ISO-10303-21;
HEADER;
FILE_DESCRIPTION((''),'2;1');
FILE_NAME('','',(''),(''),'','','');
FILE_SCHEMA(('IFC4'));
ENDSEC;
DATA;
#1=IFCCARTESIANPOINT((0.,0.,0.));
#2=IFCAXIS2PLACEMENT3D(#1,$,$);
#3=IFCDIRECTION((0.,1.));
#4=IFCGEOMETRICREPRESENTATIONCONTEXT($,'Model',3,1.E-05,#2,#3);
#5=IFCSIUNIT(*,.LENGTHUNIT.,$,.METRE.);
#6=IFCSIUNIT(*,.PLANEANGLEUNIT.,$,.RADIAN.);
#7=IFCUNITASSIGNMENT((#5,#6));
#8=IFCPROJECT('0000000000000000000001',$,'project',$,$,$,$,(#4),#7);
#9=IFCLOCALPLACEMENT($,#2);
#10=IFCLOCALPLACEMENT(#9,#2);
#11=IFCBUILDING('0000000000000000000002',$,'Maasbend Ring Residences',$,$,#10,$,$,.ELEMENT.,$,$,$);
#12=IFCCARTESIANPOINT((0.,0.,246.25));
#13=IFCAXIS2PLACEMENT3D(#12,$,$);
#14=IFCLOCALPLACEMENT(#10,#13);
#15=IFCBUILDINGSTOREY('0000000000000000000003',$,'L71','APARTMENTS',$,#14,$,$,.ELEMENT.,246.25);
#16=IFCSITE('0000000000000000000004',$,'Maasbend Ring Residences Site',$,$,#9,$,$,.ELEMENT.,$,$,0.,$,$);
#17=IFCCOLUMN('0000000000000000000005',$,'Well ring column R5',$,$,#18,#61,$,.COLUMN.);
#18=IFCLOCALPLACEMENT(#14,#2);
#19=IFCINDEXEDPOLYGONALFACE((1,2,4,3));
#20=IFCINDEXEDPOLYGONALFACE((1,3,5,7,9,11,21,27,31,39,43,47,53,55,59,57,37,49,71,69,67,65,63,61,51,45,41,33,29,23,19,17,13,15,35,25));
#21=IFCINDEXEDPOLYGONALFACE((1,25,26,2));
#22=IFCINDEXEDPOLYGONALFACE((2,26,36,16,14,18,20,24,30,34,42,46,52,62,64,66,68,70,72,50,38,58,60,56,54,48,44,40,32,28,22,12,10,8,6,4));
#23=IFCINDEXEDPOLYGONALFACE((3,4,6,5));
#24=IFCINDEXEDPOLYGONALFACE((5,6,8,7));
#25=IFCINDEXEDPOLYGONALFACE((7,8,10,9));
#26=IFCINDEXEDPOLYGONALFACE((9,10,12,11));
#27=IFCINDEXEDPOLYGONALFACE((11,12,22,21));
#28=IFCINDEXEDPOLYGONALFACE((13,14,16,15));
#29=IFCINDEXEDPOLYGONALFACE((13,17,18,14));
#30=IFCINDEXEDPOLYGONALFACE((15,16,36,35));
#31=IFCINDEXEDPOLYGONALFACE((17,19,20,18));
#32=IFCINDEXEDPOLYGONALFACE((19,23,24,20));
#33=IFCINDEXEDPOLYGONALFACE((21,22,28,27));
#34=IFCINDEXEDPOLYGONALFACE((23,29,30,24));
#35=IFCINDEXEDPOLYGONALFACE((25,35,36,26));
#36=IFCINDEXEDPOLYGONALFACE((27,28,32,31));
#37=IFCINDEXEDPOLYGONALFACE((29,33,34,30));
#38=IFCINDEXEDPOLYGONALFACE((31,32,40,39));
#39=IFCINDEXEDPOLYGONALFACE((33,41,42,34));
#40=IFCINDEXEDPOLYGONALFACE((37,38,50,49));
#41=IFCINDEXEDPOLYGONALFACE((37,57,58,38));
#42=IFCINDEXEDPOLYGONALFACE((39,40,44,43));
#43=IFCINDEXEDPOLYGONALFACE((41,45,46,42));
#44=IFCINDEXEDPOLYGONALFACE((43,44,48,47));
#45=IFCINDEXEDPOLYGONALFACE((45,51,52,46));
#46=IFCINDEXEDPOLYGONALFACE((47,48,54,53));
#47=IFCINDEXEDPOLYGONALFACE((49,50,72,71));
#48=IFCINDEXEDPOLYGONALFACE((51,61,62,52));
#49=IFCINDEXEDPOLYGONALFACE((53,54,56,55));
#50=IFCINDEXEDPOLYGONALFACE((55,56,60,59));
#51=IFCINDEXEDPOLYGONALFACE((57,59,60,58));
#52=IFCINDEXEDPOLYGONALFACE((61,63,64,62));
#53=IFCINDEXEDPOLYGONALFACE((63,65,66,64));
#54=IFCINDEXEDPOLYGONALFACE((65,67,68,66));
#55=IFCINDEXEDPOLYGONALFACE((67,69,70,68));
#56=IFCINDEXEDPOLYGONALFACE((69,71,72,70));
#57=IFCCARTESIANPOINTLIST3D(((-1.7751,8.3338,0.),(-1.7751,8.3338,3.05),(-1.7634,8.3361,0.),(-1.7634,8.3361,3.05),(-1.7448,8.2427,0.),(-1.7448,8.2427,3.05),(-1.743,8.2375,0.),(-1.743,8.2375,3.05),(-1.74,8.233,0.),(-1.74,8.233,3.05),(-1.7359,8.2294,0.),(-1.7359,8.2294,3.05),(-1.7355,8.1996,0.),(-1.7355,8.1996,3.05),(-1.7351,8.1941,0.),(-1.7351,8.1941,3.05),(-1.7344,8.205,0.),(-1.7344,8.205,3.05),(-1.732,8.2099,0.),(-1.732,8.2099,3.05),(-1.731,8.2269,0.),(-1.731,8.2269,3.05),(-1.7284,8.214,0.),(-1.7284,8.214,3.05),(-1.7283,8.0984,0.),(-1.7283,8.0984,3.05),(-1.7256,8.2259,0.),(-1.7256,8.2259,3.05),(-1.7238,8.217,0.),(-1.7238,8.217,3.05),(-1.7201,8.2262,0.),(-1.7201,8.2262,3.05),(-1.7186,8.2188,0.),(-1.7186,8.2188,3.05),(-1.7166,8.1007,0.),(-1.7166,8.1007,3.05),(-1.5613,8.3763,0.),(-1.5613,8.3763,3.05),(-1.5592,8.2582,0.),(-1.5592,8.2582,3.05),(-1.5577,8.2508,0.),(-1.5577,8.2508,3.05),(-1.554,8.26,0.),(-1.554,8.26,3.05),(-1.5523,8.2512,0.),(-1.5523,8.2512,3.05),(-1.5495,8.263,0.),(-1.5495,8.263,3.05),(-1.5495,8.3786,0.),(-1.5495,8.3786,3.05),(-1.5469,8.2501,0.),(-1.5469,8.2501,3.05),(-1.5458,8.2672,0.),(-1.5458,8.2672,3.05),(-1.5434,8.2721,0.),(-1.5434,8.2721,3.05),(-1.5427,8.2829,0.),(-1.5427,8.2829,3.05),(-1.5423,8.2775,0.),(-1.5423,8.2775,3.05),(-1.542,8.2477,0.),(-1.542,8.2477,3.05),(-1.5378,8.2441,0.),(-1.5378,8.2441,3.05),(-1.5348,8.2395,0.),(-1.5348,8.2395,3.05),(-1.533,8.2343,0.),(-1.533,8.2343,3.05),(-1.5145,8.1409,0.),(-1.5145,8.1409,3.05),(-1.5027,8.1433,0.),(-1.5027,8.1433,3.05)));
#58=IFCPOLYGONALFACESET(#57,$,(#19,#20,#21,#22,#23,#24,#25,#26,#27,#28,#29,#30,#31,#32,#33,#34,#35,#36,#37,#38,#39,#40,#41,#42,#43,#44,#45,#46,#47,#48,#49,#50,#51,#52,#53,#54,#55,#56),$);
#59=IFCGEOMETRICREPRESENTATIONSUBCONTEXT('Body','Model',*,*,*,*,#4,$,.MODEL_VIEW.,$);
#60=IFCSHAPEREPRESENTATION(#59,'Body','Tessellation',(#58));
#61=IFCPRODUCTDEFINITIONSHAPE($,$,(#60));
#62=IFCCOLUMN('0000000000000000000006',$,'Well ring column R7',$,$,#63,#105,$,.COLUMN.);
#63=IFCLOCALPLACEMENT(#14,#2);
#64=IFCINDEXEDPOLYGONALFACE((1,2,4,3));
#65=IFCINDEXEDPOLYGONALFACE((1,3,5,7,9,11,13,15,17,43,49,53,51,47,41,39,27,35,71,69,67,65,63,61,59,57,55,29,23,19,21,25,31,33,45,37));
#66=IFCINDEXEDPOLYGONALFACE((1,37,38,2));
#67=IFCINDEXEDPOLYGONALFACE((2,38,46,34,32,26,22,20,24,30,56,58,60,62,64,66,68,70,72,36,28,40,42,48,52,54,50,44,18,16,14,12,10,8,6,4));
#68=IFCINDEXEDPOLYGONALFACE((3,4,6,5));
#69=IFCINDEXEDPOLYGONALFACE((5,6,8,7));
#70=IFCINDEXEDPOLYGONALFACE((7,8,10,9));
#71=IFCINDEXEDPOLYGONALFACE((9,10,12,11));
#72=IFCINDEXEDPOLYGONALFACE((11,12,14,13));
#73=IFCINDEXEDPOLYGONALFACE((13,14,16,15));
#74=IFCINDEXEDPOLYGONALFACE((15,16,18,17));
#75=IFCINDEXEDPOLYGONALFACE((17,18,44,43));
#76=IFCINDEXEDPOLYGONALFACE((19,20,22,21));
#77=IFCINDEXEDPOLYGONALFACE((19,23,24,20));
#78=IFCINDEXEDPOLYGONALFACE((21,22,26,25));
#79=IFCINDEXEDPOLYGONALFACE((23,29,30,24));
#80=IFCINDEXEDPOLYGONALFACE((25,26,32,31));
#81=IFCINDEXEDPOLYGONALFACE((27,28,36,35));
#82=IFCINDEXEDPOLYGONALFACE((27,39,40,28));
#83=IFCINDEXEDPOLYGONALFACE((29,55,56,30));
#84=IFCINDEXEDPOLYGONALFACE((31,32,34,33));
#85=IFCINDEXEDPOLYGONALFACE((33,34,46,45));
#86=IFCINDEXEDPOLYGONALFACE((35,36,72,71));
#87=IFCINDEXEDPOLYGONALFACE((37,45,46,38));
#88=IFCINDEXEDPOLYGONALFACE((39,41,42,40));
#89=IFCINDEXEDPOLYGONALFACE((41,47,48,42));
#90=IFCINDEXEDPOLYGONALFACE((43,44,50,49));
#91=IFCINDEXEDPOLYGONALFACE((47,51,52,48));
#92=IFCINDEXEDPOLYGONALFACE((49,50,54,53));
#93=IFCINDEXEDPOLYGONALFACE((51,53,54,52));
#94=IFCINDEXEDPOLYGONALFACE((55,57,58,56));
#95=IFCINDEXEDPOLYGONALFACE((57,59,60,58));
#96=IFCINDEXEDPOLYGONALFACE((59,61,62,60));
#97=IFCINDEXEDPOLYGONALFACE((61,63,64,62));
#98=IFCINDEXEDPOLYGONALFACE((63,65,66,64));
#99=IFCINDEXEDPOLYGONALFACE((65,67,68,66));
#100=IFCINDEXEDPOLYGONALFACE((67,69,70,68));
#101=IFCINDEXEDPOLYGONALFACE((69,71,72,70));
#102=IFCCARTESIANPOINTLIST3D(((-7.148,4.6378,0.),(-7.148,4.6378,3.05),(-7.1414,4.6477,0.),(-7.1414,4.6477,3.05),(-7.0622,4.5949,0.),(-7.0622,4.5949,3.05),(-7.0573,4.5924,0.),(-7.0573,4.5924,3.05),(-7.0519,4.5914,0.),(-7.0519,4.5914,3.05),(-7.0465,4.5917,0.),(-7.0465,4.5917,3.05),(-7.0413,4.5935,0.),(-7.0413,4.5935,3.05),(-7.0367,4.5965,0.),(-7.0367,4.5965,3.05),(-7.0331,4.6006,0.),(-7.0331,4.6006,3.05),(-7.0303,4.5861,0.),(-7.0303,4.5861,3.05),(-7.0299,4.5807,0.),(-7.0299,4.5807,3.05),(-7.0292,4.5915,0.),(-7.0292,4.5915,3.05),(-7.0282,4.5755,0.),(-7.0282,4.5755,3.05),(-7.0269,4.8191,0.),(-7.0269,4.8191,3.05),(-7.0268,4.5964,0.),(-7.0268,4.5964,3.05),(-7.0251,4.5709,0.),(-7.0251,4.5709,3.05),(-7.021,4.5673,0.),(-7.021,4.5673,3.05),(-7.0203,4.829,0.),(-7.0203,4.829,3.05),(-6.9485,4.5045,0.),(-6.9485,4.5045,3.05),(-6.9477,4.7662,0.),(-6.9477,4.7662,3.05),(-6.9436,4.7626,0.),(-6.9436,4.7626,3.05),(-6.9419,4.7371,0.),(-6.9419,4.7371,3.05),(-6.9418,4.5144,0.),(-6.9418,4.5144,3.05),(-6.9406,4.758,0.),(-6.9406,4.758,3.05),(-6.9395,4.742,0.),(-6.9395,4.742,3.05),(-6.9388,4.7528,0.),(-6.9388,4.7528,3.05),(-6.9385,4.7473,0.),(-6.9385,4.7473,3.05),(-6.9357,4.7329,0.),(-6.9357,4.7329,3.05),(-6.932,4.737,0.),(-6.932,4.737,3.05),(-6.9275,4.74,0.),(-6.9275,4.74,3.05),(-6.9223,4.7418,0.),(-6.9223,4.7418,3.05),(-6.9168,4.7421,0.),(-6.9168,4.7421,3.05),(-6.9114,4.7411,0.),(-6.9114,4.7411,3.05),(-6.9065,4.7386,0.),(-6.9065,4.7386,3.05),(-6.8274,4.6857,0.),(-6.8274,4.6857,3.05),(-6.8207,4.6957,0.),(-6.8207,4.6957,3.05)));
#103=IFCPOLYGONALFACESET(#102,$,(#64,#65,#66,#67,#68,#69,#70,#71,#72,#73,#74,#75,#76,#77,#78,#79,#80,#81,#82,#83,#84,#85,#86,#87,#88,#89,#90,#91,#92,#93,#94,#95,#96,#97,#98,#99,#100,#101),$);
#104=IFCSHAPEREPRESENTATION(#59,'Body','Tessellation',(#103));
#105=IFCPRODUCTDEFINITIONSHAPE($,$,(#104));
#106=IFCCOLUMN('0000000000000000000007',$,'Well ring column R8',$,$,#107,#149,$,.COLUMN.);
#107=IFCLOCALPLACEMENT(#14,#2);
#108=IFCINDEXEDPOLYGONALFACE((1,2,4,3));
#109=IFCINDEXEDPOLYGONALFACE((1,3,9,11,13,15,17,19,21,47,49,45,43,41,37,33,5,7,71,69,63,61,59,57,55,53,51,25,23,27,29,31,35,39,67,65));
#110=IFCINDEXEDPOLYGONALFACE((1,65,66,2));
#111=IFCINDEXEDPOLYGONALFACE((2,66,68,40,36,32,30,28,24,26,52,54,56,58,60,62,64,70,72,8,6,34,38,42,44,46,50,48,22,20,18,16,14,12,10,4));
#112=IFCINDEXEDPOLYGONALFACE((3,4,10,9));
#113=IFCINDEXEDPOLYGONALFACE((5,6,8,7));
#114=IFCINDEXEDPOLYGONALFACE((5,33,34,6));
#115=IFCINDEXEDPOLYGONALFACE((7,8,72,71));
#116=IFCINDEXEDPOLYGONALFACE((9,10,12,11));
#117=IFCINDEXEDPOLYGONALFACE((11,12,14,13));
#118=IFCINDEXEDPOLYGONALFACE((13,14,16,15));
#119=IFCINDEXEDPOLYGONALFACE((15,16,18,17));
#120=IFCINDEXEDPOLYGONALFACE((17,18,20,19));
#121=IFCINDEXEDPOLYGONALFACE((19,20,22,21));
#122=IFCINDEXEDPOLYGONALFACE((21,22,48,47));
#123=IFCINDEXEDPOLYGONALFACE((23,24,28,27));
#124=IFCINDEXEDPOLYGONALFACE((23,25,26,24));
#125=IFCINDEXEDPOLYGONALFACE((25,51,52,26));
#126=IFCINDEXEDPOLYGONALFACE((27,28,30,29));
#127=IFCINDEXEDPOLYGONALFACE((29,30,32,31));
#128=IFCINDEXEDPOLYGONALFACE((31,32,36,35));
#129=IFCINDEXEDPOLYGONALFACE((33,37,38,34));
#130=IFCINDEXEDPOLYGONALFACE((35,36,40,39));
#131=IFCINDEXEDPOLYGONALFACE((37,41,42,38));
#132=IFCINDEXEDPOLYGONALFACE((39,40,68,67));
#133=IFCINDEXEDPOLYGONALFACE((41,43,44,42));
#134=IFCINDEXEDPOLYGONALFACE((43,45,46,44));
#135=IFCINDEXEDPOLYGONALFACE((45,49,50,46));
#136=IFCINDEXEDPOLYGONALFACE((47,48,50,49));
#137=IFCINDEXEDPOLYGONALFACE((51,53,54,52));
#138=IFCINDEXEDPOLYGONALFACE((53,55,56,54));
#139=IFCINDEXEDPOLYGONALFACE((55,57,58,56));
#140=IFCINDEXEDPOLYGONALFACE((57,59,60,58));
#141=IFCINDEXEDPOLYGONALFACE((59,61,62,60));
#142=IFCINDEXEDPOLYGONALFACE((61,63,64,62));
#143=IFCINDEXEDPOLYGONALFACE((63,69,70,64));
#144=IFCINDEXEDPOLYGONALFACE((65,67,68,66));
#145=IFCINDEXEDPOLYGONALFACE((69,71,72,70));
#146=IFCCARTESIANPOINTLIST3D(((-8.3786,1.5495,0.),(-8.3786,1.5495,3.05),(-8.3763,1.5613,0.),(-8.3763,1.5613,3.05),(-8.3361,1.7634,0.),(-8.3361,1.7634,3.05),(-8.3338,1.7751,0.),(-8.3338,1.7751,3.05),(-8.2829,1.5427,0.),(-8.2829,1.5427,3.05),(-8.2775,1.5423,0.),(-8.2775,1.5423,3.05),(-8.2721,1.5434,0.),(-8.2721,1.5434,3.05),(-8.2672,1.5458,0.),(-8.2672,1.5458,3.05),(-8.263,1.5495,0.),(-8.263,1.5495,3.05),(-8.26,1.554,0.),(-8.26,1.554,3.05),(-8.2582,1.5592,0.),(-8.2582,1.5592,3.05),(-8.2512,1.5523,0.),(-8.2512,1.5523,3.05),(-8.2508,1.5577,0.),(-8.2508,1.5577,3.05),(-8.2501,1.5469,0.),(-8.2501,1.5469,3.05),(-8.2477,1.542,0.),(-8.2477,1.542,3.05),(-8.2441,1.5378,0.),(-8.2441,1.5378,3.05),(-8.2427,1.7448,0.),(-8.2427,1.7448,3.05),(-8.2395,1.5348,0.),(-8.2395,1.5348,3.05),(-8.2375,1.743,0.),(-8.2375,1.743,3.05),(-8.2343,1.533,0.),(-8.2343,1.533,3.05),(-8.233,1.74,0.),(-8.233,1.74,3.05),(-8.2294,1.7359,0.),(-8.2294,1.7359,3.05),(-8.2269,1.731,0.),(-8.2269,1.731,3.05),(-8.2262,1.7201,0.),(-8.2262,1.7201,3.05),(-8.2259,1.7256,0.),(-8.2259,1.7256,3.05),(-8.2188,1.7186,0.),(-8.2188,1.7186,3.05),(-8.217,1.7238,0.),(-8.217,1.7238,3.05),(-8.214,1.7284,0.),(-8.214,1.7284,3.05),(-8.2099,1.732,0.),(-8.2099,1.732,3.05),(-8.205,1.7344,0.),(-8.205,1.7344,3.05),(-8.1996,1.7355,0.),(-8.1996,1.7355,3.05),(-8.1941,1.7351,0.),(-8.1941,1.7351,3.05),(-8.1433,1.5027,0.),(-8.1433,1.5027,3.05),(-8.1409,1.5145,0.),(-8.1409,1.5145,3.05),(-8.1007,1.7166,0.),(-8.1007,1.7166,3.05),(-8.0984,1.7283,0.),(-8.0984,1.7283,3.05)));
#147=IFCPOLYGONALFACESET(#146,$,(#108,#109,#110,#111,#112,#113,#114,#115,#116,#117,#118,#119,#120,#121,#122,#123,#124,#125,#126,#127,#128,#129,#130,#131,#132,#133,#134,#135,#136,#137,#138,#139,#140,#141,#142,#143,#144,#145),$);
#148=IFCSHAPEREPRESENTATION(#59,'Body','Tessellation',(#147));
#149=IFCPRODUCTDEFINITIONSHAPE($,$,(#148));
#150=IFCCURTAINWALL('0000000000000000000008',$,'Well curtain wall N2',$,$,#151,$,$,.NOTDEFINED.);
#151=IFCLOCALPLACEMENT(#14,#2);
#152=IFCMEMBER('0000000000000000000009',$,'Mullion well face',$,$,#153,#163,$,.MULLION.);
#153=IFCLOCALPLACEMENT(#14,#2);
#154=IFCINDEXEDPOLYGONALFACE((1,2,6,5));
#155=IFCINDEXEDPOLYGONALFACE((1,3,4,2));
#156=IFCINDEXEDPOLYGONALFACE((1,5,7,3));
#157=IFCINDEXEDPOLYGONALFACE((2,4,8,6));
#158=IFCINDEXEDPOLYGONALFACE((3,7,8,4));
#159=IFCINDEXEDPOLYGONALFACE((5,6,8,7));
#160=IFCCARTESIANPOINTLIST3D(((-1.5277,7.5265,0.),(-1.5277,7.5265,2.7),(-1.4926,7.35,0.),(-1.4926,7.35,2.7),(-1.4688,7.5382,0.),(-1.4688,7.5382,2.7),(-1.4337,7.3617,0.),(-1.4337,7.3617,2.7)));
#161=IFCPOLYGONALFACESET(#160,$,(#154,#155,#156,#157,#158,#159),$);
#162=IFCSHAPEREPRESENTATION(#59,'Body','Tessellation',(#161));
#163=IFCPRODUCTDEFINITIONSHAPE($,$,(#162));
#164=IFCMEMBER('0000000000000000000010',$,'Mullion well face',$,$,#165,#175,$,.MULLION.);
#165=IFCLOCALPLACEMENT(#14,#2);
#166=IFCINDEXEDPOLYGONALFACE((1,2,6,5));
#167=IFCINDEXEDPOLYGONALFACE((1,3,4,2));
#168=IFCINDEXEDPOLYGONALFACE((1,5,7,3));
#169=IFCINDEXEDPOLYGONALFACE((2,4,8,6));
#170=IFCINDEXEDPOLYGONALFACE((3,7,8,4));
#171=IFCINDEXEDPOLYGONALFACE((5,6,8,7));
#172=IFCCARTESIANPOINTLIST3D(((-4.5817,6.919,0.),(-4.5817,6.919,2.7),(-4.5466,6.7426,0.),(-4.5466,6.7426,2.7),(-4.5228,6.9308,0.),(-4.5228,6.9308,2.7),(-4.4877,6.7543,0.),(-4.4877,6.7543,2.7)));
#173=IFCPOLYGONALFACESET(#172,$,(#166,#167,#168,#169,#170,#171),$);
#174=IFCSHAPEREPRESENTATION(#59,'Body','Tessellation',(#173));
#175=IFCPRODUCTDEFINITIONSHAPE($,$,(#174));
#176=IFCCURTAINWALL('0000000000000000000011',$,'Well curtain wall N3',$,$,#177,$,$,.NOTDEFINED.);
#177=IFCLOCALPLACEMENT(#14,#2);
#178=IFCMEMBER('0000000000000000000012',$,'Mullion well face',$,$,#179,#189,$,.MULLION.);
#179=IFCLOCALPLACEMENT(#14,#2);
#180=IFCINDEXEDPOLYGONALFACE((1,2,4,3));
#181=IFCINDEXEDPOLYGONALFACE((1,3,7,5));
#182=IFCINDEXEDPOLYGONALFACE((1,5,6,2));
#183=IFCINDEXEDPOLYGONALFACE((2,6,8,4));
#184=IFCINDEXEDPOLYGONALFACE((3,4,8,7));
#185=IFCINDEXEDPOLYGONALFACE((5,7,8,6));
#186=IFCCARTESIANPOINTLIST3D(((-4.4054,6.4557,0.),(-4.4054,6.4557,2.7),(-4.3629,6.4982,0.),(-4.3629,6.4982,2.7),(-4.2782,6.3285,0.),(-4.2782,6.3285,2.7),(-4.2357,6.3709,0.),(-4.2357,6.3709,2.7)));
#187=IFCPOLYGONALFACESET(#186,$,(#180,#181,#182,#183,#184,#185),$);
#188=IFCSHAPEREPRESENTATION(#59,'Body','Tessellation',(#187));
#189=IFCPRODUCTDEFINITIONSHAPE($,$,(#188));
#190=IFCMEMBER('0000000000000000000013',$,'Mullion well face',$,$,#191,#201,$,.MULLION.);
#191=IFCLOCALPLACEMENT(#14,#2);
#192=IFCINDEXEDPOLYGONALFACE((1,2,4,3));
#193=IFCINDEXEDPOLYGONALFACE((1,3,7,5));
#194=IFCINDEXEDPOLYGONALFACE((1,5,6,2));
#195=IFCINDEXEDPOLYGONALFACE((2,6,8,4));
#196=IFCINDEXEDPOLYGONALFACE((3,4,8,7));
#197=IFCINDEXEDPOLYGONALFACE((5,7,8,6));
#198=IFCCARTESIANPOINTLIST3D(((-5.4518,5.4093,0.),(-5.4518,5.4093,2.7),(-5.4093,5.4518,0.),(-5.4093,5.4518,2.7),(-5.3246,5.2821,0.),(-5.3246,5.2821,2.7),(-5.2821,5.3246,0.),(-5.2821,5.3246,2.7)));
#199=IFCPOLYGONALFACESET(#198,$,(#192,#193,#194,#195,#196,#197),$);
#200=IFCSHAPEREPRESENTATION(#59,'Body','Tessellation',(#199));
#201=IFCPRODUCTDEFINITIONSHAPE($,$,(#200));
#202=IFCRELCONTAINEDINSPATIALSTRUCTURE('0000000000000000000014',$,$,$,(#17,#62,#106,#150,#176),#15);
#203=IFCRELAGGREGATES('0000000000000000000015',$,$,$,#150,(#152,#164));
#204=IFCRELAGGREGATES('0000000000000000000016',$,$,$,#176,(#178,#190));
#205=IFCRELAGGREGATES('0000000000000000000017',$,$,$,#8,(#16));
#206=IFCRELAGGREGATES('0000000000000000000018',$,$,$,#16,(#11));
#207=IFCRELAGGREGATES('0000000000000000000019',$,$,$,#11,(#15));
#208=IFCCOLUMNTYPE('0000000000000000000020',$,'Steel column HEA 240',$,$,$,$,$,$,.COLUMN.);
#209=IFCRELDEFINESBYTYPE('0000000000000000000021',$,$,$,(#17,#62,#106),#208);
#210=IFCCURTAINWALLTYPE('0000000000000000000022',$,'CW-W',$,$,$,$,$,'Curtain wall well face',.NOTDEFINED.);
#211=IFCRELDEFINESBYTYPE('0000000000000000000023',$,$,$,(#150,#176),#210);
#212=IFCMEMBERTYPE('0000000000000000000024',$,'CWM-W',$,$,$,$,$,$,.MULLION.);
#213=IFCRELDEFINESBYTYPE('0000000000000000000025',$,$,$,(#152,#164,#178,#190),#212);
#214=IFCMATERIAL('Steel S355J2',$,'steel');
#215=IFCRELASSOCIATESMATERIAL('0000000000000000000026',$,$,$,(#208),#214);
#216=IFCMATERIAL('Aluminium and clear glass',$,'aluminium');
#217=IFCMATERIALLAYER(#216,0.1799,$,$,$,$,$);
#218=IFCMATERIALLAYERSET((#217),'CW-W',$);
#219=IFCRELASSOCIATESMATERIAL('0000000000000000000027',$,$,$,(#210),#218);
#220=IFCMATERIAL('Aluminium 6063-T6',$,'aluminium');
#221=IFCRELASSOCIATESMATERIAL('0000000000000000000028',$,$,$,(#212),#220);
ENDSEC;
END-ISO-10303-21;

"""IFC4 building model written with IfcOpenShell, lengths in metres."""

from ifc_helpers import new_model, si_unit, direction, frame, origin, origin_2d, place, context, subcontext, project, spatial, rectangle, i_section, extrude, material, layer, layer_set, material_profile, profile_set, type_object, element, aggregate, save


model = new_model("IFC4")

# Units and contexts
model_context = context("Model", 3, precision=1e-05, world=origin(), true_north=direction((0.0, 1.0)))
body_context = subcontext(model_context, "Body", "Model", "MODEL_VIEW")
ifc_project = project(units=[si_unit("LENGTHUNIT", "METRE"), si_unit("PLANEANGLEUNIT", "RADIAN")], contexts=[model_context])

# Site, building, storey
site_placement = place(None, origin())
site = spatial("IfcSite", under=ifc_project, at=site_placement, Name="Maasbend Ring Residences Site", CompositionType="ELEMENT", RefElevation=0.0)
building_placement = place(site_placement, origin())
building = spatial("IfcBuilding", under=site, at=building_placement, Name="Maasbend Ring Residences", CompositionType="ELEMENT")
storey_placement = place(building_placement, frame((0.0, 0.0, 246.25)))
storey = spatial("IfcBuildingStorey", under=building, at=storey_placement, Name="L71", Description="APARTMENTS", CompositionType="ELEMENT", Elevation=246.25)

# Columns
ifc_material_1 = material(Name="Steel S355J2", Category="steel")
ifc_material_profile_1 = material_profile(ifc_material_1, i_section(OverallWidth=0.24, OverallDepth=0.23, WebThickness=0.0076, FlangeThickness=0.012, FilletRadius=0.021, at=origin_2d()), Name="HEA 240")
ifc_profile_set_1 = profile_set([ifc_material_profile_1], Name="Steel S355J2")
column_type = type_object("IfcColumnType", Name="Steel column HEA 240", PredefinedType="COLUMN", material=ifc_profile_set_1)
for number, where, z_axis, x_axis, name in (
    (1, (-1.6389, 8.2385, 0.0), (0.0, 0.0, 1.0), (-0.19509, 0.980785, 0.0), "Well ring column R5"),
    (2, (-6.9844, 4.6667, 0.0), (0.0, 0.0, 1.0), (-0.83147, 0.55557, 0.0), "Well ring column R7"),
    (3, (-8.2385, 1.6389, 0.0), (0.0, 0.0, 1.0), (-0.980785, 0.19509, 0.0), "Well ring column R8"),
):
    element("IfcColumn", number, at=place(storey_placement, frame(where, z_axis=z_axis, x_axis=x_axis)), inside=storey, type_object=column_type, Name=name, PredefinedType="COLUMN", context=body_context, shape_type="SweptSolid", body=[
        extrude(i_section(OverallWidth=0.24, OverallDepth=0.23, WebThickness=0.0076, FlangeThickness=0.012, FilletRadius=0.021, at=origin_2d()), origin(), (0.0, 0.0, 1.0), 3.05),
    ])

# Curtain walls, members
ifc_material_2 = material(Name="Aluminium and clear glass", Category="aluminium")
ifc_layer_1 = layer(ifc_material_2, 0.1799)
ifc_layer_set_1 = layer_set([ifc_layer_1], Name="CW-W")
curtain_wall_type = type_object("IfcCurtainWallType", Name="CW-W", ElementType="Curtain wall well face", PredefinedType="NOTDEFINED", material=ifc_layer_set_1)
curtain_wall_1_placement = place(storey_placement, origin())
curtain_wall_1 = element("IfcCurtainWall", 4, at=curtain_wall_1_placement, inside=storey, type_object=curtain_wall_type, Name="Well curtain wall N2", PredefinedType="NOTDEFINED")
ifc_material_3 = material(Name="Aluminium 6063-T6", Category="aluminium")
ifc_material_profile_2 = material_profile(ifc_material_3, rectangle(XDim=0.1799, YDim=0.0601, at=origin_2d()), Name="AL 180x60")
ifc_profile_set_2 = profile_set([ifc_material_profile_2], Name="Aluminium 6063-T6")
member_type_1 = type_object("IfcMemberType", Name="CWM-W", PredefinedType="MULLION", material=ifc_profile_set_2)
member_1_placement = place(storey_placement, frame((-1.4807, 7.4441, 0.0), z_axis=(0.0, 0.0, 1.0), x_axis=(0.19509, -0.980785, 0.0)))
member_1 = element("IfcMember", 5, at=member_1_placement, type_object=member_type_1, Name="Mullion well face", PredefinedType="MULLION", context=body_context, shape_type="SweptSolid", body=[
    extrude(rectangle(XDim=0.1799, YDim=0.0601, at=origin_2d()), origin(), (0.0, 0.0, 1.0), 2.7),
])
member_2_placement = place(storey_placement, frame((-4.5347, 6.8367, 0.0), z_axis=(0.0, 0.0, 1.0), x_axis=(0.19509, -0.980785, 0.0)))
member_2 = element("IfcMember", 6, at=member_2_placement, type_object=member_type_1, Name="Mullion well face", PredefinedType="MULLION", context=body_context, shape_type="SweptSolid", body=[
    extrude(rectangle(XDim=0.1799, YDim=0.0601, at=origin_2d()), origin(), (0.0, 0.0, 1.0), 2.7),
])
curtain_wall_2_placement = place(storey_placement, origin())
curtain_wall_2 = element("IfcCurtainWall", 7, at=curtain_wall_2_placement, inside=storey, type_object=curtain_wall_type, Name="Well curtain wall N3", PredefinedType="NOTDEFINED")
member_3_placement = place(storey_placement, frame((-4.3206, 6.4133, 0.0), z_axis=(0.0, 0.0, 1.0), x_axis=(0.707107, -0.707107, 0.0)))
member_3 = element("IfcMember", 8, at=member_3_placement, type_object=member_type_1, Name="Mullion well face", PredefinedType="MULLION", context=body_context, shape_type="SweptSolid", body=[
    extrude(rectangle(XDim=0.1799, YDim=0.0601, at=origin_2d()), origin(), (0.0, 0.0, 1.0), 2.7),
])
member_4_placement = place(storey_placement, frame((-5.3669, 5.3669, 0.0), z_axis=(0.0, 0.0, 1.0), x_axis=(0.707107, -0.707107, 0.0)))
member_4 = element("IfcMember", 9, at=member_4_placement, type_object=member_type_1, Name="Mullion well face", PredefinedType="MULLION", context=body_context, shape_type="SweptSolid", body=[
    extrude(rectangle(XDim=0.1799, YDim=0.0601, at=origin_2d()), origin(), (0.0, 0.0, 1.0), 2.7),
])

aggregate(curtain_wall_1, [member_1, member_2])
aggregate(curtain_wall_2, [member_3, member_4])

save(model, "model.ifc")
